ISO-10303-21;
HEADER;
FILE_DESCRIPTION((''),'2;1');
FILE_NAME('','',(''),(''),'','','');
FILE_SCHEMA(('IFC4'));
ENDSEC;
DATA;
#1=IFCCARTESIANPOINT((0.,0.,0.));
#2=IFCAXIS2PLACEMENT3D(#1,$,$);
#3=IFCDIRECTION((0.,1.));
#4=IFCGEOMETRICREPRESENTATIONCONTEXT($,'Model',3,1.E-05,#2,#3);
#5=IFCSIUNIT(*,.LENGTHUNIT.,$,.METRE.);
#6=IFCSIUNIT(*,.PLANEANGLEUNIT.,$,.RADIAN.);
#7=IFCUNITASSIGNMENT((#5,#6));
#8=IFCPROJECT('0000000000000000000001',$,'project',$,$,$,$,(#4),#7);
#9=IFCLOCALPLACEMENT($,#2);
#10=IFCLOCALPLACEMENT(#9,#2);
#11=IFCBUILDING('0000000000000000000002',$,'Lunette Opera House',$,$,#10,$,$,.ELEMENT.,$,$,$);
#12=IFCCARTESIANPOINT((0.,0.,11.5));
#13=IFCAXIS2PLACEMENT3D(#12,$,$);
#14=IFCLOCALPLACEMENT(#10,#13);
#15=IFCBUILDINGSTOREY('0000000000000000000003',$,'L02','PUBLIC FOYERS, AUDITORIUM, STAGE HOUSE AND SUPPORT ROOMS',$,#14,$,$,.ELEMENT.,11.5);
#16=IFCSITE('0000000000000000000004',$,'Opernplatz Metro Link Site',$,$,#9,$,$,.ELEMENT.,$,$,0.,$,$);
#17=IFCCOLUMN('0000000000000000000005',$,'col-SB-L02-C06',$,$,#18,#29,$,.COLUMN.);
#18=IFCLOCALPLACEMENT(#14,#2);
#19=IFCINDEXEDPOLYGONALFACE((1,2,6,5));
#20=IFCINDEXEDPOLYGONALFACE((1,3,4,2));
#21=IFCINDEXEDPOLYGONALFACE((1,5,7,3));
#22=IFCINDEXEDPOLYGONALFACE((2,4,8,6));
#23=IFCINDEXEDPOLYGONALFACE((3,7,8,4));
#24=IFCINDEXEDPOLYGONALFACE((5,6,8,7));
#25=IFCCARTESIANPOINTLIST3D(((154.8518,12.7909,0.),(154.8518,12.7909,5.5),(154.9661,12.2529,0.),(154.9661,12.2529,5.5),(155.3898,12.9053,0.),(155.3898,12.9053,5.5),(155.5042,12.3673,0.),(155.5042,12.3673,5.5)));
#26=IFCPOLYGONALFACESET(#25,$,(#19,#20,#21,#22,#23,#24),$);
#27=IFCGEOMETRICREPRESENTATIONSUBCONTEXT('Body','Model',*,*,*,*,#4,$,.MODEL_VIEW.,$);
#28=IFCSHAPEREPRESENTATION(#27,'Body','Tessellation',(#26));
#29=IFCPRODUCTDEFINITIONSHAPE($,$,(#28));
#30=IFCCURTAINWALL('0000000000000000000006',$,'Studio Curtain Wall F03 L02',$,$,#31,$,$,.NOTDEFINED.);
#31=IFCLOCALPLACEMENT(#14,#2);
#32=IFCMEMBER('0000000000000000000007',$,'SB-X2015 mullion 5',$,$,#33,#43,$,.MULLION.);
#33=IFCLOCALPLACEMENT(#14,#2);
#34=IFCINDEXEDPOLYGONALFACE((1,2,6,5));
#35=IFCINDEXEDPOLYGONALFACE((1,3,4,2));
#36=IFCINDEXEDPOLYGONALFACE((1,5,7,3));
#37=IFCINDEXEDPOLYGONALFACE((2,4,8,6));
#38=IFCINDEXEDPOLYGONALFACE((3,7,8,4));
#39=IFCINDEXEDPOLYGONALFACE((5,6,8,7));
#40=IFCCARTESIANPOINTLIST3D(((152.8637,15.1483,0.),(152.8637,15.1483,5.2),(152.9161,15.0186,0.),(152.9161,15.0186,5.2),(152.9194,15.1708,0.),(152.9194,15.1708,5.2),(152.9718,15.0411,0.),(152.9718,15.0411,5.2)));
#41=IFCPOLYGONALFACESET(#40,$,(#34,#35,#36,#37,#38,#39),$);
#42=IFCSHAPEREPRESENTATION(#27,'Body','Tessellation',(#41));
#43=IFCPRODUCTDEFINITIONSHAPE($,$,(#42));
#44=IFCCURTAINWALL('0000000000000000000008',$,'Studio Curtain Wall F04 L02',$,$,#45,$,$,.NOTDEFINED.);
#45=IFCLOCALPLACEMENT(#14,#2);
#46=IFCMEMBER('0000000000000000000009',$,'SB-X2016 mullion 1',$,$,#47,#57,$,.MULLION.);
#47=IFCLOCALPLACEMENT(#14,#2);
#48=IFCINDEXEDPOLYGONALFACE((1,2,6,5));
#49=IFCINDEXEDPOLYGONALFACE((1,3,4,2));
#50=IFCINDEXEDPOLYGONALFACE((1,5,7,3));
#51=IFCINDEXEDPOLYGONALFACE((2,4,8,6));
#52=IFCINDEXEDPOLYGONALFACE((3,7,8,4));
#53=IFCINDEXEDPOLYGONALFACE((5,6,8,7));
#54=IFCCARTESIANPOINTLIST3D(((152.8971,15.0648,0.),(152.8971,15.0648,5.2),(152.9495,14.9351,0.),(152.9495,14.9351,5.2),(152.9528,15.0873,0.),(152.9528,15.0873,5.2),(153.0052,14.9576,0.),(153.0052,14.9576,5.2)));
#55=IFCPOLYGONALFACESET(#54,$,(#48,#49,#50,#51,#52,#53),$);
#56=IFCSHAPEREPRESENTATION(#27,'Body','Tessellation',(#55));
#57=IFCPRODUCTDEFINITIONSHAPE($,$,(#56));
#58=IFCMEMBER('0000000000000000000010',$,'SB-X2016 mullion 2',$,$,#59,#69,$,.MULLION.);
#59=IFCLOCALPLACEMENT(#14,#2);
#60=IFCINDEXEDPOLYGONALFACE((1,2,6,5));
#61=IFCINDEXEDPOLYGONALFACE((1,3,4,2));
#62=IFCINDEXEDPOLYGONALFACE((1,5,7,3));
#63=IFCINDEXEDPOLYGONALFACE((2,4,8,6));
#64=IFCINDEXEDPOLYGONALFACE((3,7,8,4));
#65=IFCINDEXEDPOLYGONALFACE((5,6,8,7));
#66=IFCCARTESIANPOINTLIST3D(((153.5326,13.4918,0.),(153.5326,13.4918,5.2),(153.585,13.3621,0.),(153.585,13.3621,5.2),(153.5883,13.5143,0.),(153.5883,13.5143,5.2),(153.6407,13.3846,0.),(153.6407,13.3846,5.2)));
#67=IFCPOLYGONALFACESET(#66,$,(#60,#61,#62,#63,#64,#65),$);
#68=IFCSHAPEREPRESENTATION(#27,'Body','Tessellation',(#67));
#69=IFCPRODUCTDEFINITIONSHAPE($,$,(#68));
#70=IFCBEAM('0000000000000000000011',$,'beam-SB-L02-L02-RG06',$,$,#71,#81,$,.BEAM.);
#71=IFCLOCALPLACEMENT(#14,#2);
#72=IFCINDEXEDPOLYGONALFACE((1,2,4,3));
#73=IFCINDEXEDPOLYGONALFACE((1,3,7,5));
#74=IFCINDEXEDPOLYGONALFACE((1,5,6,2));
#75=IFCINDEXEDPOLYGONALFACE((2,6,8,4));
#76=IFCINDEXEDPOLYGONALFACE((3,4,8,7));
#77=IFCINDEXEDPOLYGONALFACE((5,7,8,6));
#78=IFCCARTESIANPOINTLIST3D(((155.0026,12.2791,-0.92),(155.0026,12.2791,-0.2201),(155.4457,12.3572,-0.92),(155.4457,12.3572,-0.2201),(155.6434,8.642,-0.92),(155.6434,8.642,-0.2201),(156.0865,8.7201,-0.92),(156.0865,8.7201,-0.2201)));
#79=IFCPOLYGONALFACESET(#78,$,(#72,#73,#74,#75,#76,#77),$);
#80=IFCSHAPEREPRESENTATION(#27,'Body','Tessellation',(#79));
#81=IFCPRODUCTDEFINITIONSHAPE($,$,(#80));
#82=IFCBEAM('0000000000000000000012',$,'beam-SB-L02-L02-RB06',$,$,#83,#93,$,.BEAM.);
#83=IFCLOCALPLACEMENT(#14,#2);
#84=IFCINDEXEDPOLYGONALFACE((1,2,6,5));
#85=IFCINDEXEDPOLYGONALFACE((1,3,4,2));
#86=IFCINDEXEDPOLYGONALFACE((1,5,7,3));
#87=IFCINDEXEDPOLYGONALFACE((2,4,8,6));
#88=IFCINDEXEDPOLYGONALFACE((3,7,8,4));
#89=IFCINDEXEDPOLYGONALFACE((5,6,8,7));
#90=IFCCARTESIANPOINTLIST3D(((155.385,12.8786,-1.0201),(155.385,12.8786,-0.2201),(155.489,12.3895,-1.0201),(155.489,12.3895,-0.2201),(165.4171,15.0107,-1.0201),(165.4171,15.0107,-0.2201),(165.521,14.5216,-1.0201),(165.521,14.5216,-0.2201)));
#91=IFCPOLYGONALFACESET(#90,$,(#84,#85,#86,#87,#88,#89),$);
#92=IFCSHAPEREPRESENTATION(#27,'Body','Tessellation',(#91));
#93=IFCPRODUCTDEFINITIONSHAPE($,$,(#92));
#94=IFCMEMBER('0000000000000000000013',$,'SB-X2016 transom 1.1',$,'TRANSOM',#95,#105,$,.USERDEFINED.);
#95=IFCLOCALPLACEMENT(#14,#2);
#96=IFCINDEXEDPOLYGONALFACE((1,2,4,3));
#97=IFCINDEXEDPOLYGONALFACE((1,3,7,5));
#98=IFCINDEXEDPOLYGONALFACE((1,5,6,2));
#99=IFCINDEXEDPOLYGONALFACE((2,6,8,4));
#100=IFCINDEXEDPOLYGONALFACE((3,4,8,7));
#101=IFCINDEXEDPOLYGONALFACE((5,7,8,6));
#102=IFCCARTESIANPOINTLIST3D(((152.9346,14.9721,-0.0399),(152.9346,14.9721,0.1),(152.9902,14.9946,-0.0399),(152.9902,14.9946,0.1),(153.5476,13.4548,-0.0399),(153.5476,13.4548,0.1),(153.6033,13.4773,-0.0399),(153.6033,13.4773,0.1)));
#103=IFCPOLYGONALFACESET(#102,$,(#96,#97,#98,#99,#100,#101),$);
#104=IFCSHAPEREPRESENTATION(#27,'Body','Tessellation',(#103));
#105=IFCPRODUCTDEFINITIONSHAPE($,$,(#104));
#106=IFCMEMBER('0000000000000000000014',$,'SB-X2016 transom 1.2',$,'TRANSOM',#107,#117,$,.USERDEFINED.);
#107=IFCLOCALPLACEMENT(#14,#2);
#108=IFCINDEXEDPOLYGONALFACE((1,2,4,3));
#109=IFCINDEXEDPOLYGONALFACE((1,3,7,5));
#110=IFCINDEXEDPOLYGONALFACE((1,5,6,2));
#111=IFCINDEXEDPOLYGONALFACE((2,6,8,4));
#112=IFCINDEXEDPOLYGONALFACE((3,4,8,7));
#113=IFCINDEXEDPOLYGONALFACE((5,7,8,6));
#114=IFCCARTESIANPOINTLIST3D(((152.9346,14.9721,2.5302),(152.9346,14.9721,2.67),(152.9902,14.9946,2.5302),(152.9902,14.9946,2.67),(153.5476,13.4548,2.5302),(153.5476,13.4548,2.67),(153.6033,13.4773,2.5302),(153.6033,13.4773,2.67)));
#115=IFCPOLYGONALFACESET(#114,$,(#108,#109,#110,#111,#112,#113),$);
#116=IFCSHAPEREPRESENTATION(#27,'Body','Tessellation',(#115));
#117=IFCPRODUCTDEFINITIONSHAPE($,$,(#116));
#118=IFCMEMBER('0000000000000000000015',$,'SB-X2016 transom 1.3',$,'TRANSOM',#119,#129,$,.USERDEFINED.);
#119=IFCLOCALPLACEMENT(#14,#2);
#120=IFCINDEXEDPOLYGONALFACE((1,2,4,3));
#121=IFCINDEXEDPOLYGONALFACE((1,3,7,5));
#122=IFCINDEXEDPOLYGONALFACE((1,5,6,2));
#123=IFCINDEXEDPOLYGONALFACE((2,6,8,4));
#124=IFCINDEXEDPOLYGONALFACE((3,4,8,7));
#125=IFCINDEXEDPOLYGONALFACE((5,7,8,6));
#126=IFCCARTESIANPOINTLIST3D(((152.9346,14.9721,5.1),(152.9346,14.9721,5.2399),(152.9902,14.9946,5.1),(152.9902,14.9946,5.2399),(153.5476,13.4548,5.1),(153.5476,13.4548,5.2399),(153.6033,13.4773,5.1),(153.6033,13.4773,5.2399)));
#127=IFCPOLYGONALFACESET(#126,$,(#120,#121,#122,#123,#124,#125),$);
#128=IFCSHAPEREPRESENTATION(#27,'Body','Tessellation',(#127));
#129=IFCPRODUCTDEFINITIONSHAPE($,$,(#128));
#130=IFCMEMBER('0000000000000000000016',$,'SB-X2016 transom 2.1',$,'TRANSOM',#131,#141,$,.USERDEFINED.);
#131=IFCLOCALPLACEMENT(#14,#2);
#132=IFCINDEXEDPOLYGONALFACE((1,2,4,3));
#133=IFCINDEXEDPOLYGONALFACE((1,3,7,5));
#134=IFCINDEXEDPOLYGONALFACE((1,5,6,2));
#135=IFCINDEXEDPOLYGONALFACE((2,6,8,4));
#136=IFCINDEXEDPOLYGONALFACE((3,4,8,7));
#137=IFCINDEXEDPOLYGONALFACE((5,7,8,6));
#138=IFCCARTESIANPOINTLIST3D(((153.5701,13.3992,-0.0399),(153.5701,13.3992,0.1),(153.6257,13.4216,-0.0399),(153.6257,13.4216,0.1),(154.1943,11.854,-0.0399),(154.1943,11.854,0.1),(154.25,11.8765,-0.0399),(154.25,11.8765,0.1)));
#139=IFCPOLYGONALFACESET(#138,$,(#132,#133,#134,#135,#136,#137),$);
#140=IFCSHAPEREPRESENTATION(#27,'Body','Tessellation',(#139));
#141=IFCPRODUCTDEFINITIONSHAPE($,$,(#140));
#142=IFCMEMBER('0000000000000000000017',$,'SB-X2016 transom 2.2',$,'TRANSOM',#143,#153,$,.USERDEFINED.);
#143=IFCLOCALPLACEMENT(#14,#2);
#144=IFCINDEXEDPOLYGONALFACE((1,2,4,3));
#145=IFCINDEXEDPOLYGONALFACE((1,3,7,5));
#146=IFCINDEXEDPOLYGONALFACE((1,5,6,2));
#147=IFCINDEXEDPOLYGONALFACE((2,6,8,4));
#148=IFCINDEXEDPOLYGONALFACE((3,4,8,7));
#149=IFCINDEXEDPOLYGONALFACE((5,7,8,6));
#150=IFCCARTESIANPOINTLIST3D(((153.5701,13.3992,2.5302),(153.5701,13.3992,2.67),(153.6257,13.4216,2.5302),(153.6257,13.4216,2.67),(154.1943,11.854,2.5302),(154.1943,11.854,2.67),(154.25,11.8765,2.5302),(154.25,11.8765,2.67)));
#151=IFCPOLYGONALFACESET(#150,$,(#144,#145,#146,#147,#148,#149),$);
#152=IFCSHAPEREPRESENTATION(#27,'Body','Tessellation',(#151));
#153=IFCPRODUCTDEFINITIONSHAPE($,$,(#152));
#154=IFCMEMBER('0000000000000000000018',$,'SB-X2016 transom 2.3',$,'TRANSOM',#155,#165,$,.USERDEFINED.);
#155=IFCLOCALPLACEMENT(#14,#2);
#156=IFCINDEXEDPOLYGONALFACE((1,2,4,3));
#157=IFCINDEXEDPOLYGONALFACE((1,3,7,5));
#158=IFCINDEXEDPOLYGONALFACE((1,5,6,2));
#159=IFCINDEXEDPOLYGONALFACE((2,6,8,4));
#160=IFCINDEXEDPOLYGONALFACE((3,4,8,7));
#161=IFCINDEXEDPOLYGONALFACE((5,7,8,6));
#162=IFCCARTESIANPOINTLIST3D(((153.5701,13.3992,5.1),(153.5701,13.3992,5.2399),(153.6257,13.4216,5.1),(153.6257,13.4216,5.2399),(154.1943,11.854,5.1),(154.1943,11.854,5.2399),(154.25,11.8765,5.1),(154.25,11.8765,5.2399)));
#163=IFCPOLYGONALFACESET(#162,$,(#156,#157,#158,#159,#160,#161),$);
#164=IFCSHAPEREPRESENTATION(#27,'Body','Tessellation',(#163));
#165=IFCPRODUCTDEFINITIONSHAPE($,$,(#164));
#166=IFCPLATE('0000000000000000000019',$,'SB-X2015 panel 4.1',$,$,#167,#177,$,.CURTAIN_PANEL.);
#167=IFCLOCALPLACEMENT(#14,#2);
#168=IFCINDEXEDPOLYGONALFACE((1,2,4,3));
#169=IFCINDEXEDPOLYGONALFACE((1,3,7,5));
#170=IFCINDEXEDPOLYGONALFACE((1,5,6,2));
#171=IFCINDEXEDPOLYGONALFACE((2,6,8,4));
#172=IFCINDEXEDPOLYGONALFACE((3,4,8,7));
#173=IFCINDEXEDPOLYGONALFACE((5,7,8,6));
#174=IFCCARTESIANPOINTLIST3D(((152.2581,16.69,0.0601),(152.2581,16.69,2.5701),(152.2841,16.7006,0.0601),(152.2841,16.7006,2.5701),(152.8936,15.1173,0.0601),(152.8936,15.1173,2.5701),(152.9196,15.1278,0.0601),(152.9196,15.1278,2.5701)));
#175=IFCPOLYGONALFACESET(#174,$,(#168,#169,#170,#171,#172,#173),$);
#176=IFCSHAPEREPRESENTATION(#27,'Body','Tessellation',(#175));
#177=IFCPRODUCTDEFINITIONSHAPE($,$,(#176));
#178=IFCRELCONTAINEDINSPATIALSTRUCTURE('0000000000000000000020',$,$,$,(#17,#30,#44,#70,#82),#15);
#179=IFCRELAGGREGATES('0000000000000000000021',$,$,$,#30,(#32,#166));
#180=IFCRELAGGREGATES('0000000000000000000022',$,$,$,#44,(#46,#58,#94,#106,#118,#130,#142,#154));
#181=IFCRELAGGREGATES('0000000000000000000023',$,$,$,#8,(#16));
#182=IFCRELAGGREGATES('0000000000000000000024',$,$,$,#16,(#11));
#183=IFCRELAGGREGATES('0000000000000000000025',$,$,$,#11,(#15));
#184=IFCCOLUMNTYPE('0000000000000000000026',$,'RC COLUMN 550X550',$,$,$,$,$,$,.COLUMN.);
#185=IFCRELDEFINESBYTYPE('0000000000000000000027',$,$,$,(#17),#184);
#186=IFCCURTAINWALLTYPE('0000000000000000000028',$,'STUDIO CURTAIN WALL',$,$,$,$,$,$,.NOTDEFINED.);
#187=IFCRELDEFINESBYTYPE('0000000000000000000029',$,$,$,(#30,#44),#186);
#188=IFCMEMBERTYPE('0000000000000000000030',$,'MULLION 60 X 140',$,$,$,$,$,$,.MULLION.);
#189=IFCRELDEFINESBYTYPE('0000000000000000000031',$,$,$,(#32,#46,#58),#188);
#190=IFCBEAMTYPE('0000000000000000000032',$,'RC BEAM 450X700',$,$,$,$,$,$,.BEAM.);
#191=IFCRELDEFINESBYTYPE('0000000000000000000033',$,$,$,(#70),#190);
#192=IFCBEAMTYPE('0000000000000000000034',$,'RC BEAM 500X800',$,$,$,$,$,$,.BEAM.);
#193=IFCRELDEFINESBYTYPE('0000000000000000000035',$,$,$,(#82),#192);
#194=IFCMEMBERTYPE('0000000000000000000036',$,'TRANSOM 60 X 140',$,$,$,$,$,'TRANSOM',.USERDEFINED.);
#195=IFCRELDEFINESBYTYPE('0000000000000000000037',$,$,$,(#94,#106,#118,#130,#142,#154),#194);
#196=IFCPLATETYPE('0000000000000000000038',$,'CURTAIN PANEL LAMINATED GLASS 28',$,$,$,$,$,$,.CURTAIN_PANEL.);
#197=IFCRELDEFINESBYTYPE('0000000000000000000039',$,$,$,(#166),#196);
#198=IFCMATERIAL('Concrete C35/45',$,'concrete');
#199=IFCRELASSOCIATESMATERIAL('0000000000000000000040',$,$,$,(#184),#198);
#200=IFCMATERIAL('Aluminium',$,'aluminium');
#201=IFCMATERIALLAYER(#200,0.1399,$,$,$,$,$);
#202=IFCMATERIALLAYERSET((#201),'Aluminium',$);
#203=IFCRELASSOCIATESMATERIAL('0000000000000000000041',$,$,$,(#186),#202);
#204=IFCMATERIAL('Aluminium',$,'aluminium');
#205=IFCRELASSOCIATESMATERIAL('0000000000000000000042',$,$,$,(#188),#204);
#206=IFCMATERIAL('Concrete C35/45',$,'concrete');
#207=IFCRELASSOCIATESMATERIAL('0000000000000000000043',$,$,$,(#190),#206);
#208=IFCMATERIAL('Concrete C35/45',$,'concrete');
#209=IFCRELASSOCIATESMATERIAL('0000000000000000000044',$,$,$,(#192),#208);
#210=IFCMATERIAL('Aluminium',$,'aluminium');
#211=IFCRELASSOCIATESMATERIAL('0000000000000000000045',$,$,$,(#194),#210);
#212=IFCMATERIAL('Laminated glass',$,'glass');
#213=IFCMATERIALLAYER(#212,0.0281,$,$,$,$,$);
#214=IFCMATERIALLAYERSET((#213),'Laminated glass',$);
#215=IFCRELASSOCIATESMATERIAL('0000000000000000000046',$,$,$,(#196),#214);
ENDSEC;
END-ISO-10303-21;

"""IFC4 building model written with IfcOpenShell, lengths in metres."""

from ifc_helpers import new_model, si_unit, direction, frame, origin, origin_2d, place, context, subcontext, project, spatial, rectangle, extrude, material, layer, layer_set, material_profile, profile_set, type_object, element, aggregate, save


model = new_model("IFC4")

# Units and contexts
model_context = context("Model", 3, precision=1e-05, world=origin(), true_north=direction((0.0, 1.0)))
body_context = subcontext(model_context, "Body", "Model", "MODEL_VIEW")
ifc_project = project(units=[si_unit("LENGTHUNIT", "METRE"), si_unit("PLANEANGLEUNIT", "RADIAN")], contexts=[model_context])

# Site, building, storey
site_placement = place(None, origin())
site = spatial("IfcSite", under=ifc_project, at=site_placement, Name="Opernplatz Metro Link Site", CompositionType="ELEMENT", RefElevation=0.0)
building_placement = place(site_placement, origin())
building = spatial("IfcBuilding", under=site, at=building_placement, Name="Lunette Opera House", CompositionType="ELEMENT")
storey_placement = place(building_placement, frame((0.0, 0.0, 11.5)))
storey = spatial("IfcBuildingStorey", under=building, at=storey_placement, Name="L02", Description="PUBLIC FOYERS, AUDITORIUM, STAGE HOUSE AND SUPPORT ROOMS", CompositionType="ELEMENT", Elevation=11.5)

# Column
ifc_material_1 = material(Name="Concrete C35/45", Category="concrete")
ifc_material_profile_1 = material_profile(ifc_material_1, rectangle(XDim=0.55, YDim=0.55, at=origin_2d()), Name="RC COLUMN 550X550")
ifc_profile_set_1 = profile_set([ifc_material_profile_1], Name="Concrete C35/45")
column_type = type_object("IfcColumnType", Name="RC COLUMN 550X550", PredefinedType="COLUMN", material=ifc_profile_set_1)
column_placement = place(storey_placement, frame((155.178, 12.5791, 0.0), z_axis=(0.0, 0.0, 1.0), x_axis=(0.207912, -0.978148, 0.0)))
element("IfcColumn", 1, at=column_placement, inside=storey, type_object=column_type, Name="col-SB-L02-C06", PredefinedType="COLUMN", context=body_context, shape_type="SweptSolid", body=[
    extrude(rectangle(XDim=0.55, YDim=0.55, at=origin_2d()), origin(), (0.0, 0.0, 1.0), 5.5),
])

# Curtain wall, member
ifc_material_2 = material(Name="Aluminium", Category="aluminium")
ifc_layer_1 = layer(ifc_material_2, 0.1399)
ifc_layer_set_1 = layer_set([ifc_layer_1], Name="Aluminium")
curtain_wall_type = type_object("IfcCurtainWallType", Name="STUDIO CURTAIN WALL", PredefinedType="NOTDEFINED", material=ifc_layer_set_1)
curtain_wall_1_placement = place(storey_placement, origin())
curtain_wall_1 = element("IfcCurtainWall", 2, at=curtain_wall_1_placement, inside=storey, type_object=curtain_wall_type, Name="Studio Curtain Wall F03 L02", PredefinedType="NOTDEFINED")
ifc_material_3 = material(Name="Aluminium", Category="aluminium")
ifc_material_profile_2 = material_profile(ifc_material_3, rectangle(XDim=0.0601, YDim=0.1399, at=origin_2d()), Name="MULLION 60 X 140")
ifc_profile_set_2 = profile_set([ifc_material_profile_2], Name="Aluminium")
member_type_1 = type_object("IfcMemberType", Name="MULLION 60 X 140", PredefinedType="MULLION", material=ifc_profile_set_2)
member_1_placement = place(storey_placement, frame((152.9177, 15.0947, 0.0), z_axis=(0.0, 0.0, 1.0), x_axis=(0.927168, 0.374646, 0.0)))
member_1 = element("IfcMember", 3, at=member_1_placement, type_object=member_type_1, Name="SB-X2015 mullion 5", PredefinedType="MULLION", context=body_context, shape_type="SweptSolid", body=[
    extrude(rectangle(XDim=0.0601, YDim=0.1399, at=origin_2d()), origin(), (0.0, 0.0, 1.0), 5.2),
])

# Curtain wall, members
curtain_wall_2_placement = place(storey_placement, origin())
curtain_wall_2 = element("IfcCurtainWall", 4, at=curtain_wall_2_placement, inside=storey, type_object=curtain_wall_type, Name="Studio Curtain Wall F04 L02", PredefinedType="NOTDEFINED")
member_2_placement = place(storey_placement, frame((152.9512, 15.0112, 0.0), z_axis=(0.0, 0.0, 1.0), x_axis=(0.927183, 0.374609, 0.0)))
member_2 = element("IfcMember", 5, at=member_2_placement, type_object=member_type_1, Name="SB-X2016 mullion 1", PredefinedType="MULLION", context=body_context, shape_type="SweptSolid", body=[
    extrude(rectangle(XDim=0.0601, YDim=0.1399, at=origin_2d()), origin(), (0.0, 0.0, 1.0), 5.2),
])
member_3_placement = place(storey_placement, frame((153.5867, 13.4382, 0.0), z_axis=(0.0, 0.0, 1.0), x_axis=(0.927183, 0.374609, 0.0)))
member_3 = element("IfcMember", 6, at=member_3_placement, type_object=member_type_1, Name="SB-X2016 mullion 2", PredefinedType="MULLION", context=body_context, shape_type="SweptSolid", body=[
    extrude(rectangle(XDim=0.0601, YDim=0.1399, at=origin_2d()), origin(), (0.0, 0.0, 1.0), 5.2),
])

# Beams
ifc_material_4 = material(Name="Concrete C35/45", Category="concrete")
ifc_material_profile_3 = material_profile(ifc_material_4, rectangle(XDim=0.45, YDim=0.7, at=origin_2d()), Name="RC BEAM 450X700")
ifc_profile_set_3 = profile_set([ifc_material_profile_3], Name="Concrete C35/45")
beam_type_1 = type_object("IfcBeamType", Name="RC BEAM 450X700", PredefinedType="BEAM", material=ifc_profile_set_3)
beam_1_placement = place(storey_placement, frame((155.2241, 12.3181, -0.5701), z_axis=(0.173525, -0.984829, 0.0), x_axis=(0.984829, 0.173525, 0.0)))
element("IfcBeam", 7, at=beam_1_placement, inside=storey, type_object=beam_type_1, Name="beam-SB-L02-L02-RG06", PredefinedType="BEAM", context=body_context, shape_type="SweptSolid", body=[
    extrude(rectangle(XDim=0.45, YDim=0.7, at=origin_2d()), origin(), (0.0, 0.0, 1.0), 3.6931),
])
ifc_material_5 = material(Name="Concrete C35/45", Category="concrete")
ifc_material_profile_4 = material_profile(ifc_material_5, rectangle(XDim=0.5, YDim=0.8, at=origin_2d()), Name="RC BEAM 500X800")
ifc_profile_set_4 = profile_set([ifc_material_profile_4], Name="Concrete C35/45")
beam_type_2 = type_object("IfcBeamType", Name="RC BEAM 500X800", PredefinedType="BEAM", material=ifc_profile_set_4)
beam_2_placement = place(storey_placement, frame((155.437, 12.634, -0.6201), z_axis=(0.978153, 0.207885, 0.0), x_axis=(-0.207885, 0.978153, 0.0)))
element("IfcBeam", 8, at=beam_2_placement, inside=storey, type_object=beam_type_2, Name="beam-SB-L02-L02-RB06", PredefinedType="BEAM", context=body_context, shape_type="SweptSolid", body=[
    extrude(rectangle(XDim=0.5, YDim=0.8, at=origin_2d()), origin(), (0.0, 0.0, 1.0), 10.2561),
])

# Members
ifc_material_6 = material(Name="Aluminium", Category="aluminium")
ifc_material_profile_5 = material_profile(ifc_material_6, rectangle(XDim=0.0601, YDim=0.1399, at=origin_2d()), Name="TRANSOM 60 X 140")
ifc_profile_set_5 = profile_set([ifc_material_profile_5], Name="Aluminium")
member_type_2 = type_object("IfcMemberType", Name="TRANSOM 60 X 140", ElementType="TRANSOM", PredefinedType="USERDEFINED", material=ifc_profile_set_5)
member_4_placement = place(storey_placement, frame((152.9624, 14.9834, 0.03), z_axis=(0.374604, -0.927185, 0.0), x_axis=(0.927185, 0.374604, 0.0)))
member_4 = element("IfcMember", 9, at=member_4_placement, type_object=member_type_2, Name="SB-X2016 transom 1.1", ObjectType="TRANSOM", PredefinedType="USERDEFINED", context=body_context, shape_type="SweptSolid", body=[
    extrude(rectangle(XDim=0.0601, YDim=0.1399, at=origin_2d()), origin(), (0.0, 0.0, 1.0), 1.6365),
])
member_5_placement = place(storey_placement, frame((152.9624, 14.9834, 2.6001), z_axis=(0.374604, -0.927185, 0.0), x_axis=(0.927185, 0.374604, 0.0)))
member_5 = element("IfcMember", 10, at=member_5_placement, type_object=member_type_2, Name="SB-X2016 transom 1.2", ObjectType="TRANSOM", PredefinedType="USERDEFINED", context=body_context, shape_type="SweptSolid", body=[
    extrude(rectangle(XDim=0.0601, YDim=0.1399, at=origin_2d()), origin(), (0.0, 0.0, 1.0), 1.6365),
])
member_6_placement = place(storey_placement, frame((152.9624, 14.9834, 5.1699), z_axis=(0.374604, -0.927185, 0.0), x_axis=(0.927185, 0.374604, 0.0)))
member_6 = element("IfcMember", 11, at=member_6_placement, type_object=member_type_2, Name="SB-X2016 transom 1.3", ObjectType="TRANSOM", PredefinedType="USERDEFINED", context=body_context, shape_type="SweptSolid", body=[
    extrude(rectangle(XDim=0.0601, YDim=0.1399, at=origin_2d()), origin(), (0.0, 0.0, 1.0), 1.6365),
])
member_7_placement = place(storey_placement, frame((153.5979, 13.4104, 0.03), z_axis=(0.374596, -0.927188, 0.0), x_axis=(0.927188, 0.374596, 0.0)))
member_7 = element("IfcMember", 12, at=member_7_placement, type_object=member_type_2, Name="SB-X2016 transom 2.1", ObjectType="TRANSOM", PredefinedType="USERDEFINED", context=body_context, shape_type="SweptSolid", body=[
    extrude(rectangle(XDim=0.0601, YDim=0.1399, at=origin_2d()), origin(), (0.0, 0.0, 1.0), 1.6665),
])
member_8_placement = place(storey_placement, frame((153.5979, 13.4104, 2.6001), z_axis=(0.374596, -0.927188, 0.0), x_axis=(0.927188, 0.374596, 0.0)))
member_8 = element("IfcMember", 13, at=member_8_placement, type_object=member_type_2, Name="SB-X2016 transom 2.2", ObjectType="TRANSOM", PredefinedType="USERDEFINED", context=body_context, shape_type="SweptSolid", body=[
    extrude(rectangle(XDim=0.0601, YDim=0.1399, at=origin_2d()), origin(), (0.0, 0.0, 1.0), 1.6665),
])
member_9_placement = place(storey_placement, frame((153.5979, 13.4104, 5.1699), z_axis=(0.374596, -0.927188, 0.0), x_axis=(0.927188, 0.374596, 0.0)))
member_9 = element("IfcMember", 14, at=member_9_placement, type_object=member_type_2, Name="SB-X2016 transom 2.3", ObjectType="TRANSOM", PredefinedType="USERDEFINED", context=body_context, shape_type="SweptSolid", body=[
    extrude(rectangle(XDim=0.0601, YDim=0.1399, at=origin_2d()), origin(), (0.0, 0.0, 1.0), 1.6665),
])

# Plate
ifc_material_7 = material(Name="Laminated glass", Category="glass")
ifc_layer_2 = layer(ifc_material_7, 0.0281)
ifc_layer_set_2 = layer_set([ifc_layer_2], Name="Laminated glass")
plate_type = type_object("IfcPlateType", Name="CURTAIN PANEL LAMINATED GLASS 28", PredefinedType="CURTAIN_PANEL", material=ifc_layer_set_2)
plate_1_placement = place(storey_placement, frame((152.5889, 15.9089, 0.0601), z_axis=(0.0, 0.0, 1.0), x_axis=(0.374646, -0.927168, 0.0)))
plate_1 = element("IfcPlate", 15, at=plate_1_placement, type_object=plate_type, Name="SB-X2015 panel 4.1", PredefinedType="CURTAIN_PANEL", context=body_context, shape_type="SweptSolid", body=[
    extrude(rectangle(XDim=1.6963, YDim=0.0281, at=origin_2d()), origin(), (0.0, 0.0, 1.0), 2.51),
])
aggregate(curtain_wall_1, [member_1, plate_1])
aggregate(curtain_wall_2, [member_2, member_3, member_4, member_5, member_6, member_7, member_8, member_9])

save(model, "model.ifc")
